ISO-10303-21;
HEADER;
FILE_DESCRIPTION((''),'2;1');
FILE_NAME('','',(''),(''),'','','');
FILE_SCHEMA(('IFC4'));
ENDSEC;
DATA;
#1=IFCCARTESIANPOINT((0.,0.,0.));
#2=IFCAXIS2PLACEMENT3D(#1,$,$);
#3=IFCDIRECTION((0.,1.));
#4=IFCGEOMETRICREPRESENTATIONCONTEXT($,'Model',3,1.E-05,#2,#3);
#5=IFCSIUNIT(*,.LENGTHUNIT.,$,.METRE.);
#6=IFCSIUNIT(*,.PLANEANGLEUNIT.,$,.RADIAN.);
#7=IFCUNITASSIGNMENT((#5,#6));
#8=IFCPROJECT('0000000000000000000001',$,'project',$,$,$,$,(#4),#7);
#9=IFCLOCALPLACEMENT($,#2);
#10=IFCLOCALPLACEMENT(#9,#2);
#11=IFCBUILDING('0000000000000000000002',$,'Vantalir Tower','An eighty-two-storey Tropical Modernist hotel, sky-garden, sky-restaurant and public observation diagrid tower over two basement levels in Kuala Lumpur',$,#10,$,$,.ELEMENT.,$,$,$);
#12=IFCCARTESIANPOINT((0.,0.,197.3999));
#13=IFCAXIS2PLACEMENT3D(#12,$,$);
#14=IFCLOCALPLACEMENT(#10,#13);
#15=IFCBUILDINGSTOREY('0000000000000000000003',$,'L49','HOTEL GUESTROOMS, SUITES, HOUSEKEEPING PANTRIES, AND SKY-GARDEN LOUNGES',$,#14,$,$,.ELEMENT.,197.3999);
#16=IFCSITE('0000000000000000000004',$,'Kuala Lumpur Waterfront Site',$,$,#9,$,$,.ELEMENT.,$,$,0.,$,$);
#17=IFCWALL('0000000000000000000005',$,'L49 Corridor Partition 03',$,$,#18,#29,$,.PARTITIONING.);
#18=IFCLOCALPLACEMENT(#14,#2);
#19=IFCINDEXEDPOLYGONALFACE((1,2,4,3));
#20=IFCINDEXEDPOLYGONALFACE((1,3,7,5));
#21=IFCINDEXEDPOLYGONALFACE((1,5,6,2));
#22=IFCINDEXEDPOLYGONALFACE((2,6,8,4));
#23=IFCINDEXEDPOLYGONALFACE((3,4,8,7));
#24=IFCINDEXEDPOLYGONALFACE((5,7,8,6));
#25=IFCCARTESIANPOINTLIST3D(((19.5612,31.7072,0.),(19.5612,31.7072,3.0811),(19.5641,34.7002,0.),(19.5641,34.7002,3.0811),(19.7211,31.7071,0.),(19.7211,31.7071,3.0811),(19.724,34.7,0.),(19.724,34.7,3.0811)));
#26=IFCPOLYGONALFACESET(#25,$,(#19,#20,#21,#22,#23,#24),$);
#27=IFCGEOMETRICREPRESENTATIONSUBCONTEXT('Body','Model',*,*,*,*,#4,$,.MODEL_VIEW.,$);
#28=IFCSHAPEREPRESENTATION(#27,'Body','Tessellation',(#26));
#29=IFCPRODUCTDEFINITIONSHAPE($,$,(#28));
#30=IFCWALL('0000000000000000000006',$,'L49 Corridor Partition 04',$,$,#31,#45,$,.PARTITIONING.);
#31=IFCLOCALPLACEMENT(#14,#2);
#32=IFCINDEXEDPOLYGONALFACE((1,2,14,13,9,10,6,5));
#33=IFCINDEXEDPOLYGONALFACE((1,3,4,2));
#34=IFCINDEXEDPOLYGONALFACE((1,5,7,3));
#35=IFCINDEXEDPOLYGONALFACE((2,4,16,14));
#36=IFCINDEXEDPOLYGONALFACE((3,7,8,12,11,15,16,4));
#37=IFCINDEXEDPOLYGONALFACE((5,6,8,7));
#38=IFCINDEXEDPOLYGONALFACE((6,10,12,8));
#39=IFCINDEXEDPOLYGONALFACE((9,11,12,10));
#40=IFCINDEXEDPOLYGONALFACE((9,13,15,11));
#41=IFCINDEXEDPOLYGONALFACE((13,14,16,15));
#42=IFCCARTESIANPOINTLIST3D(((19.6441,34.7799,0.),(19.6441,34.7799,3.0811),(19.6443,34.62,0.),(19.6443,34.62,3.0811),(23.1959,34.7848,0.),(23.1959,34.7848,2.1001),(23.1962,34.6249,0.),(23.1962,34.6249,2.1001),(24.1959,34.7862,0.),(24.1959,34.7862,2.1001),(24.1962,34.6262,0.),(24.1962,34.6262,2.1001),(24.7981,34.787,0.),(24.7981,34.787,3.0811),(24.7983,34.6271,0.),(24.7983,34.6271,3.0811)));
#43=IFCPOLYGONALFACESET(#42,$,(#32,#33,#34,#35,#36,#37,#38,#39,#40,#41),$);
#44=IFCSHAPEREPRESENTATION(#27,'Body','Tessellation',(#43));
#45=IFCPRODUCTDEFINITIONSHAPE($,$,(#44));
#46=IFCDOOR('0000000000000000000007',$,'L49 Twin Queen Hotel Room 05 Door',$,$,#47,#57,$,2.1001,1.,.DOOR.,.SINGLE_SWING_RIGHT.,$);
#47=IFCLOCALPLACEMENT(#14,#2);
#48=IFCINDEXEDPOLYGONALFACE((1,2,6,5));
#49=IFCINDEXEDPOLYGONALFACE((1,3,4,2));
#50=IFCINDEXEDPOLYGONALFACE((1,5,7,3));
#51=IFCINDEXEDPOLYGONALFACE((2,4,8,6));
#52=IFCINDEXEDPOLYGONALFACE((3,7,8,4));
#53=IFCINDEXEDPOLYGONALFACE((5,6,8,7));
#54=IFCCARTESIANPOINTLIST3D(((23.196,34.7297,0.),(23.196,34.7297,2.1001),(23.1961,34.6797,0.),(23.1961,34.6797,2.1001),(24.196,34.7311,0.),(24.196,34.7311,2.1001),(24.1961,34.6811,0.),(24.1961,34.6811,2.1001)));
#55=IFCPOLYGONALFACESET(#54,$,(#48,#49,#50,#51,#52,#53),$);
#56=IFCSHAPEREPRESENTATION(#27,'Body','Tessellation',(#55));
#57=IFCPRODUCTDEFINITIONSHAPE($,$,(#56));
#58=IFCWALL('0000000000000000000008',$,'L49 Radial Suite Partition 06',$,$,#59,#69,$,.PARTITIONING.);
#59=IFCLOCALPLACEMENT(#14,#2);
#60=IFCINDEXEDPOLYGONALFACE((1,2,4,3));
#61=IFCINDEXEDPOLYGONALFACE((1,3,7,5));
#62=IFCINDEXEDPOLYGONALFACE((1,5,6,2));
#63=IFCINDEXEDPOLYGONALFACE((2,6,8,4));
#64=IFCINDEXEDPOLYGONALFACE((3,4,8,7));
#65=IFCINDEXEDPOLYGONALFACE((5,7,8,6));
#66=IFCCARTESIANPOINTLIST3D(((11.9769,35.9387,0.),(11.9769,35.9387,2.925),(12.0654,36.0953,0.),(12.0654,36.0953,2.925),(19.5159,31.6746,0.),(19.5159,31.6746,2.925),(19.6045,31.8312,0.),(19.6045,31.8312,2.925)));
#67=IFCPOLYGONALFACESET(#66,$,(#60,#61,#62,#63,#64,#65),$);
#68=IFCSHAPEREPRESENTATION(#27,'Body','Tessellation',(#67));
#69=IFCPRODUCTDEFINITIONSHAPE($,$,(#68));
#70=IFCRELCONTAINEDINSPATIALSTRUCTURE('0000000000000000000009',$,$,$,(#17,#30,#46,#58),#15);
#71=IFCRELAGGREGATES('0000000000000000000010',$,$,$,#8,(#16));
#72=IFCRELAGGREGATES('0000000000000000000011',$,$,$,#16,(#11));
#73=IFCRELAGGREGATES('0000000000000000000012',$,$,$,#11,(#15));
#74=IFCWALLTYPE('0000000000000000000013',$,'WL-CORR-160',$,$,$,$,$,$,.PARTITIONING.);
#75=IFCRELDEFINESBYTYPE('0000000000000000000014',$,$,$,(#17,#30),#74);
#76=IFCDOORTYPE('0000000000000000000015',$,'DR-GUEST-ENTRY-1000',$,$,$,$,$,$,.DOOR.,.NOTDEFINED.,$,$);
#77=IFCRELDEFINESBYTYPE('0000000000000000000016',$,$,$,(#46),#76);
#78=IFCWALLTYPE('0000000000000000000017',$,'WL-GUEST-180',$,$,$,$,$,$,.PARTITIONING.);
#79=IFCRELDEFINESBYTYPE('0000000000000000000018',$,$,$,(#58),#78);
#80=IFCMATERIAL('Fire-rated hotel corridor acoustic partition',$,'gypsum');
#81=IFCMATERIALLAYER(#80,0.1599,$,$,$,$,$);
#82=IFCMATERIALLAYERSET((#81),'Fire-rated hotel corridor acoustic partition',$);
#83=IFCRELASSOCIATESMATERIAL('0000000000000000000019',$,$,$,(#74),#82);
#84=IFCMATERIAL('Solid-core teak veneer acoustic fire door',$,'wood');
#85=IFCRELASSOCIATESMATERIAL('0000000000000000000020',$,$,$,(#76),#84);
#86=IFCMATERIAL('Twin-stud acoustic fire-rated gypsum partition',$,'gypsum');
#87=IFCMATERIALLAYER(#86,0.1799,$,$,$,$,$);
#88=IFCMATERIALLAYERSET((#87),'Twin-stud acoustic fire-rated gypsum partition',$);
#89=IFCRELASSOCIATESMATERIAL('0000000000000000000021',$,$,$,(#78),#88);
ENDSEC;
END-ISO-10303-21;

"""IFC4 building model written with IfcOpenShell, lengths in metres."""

from ifc_helpers import new_model, si_unit, direction, frame, frame_2d, origin, place, context, subcontext, project, spatial, rectangle, extrude, material, layer, layer_set, type_object, element, fill, save


model = new_model("IFC4")

# Units and contexts
model_context = context("Model", 3, precision=1e-05, world=origin(), true_north=direction((0.0, 1.0)))
body_context = subcontext(model_context, "Body", "Model", "MODEL_VIEW")
ifc_project = project(units=[si_unit("LENGTHUNIT", "METRE"), si_unit("PLANEANGLEUNIT", "RADIAN")], contexts=[model_context])

# Site, building, storey
site_placement = place(None, origin())
site = spatial("IfcSite", under=ifc_project, at=site_placement, Name="Kuala Lumpur Waterfront Site", CompositionType="ELEMENT", RefElevation=0.0)
building_placement = place(site_placement, origin())
building = spatial("IfcBuilding", under=site, at=building_placement, Name="Vantalir Tower", Description="An eighty-two-storey Tropical Modernist hotel, sky-garden, sky-restaurant and public observation diagrid tower over two basement levels in Kuala Lumpur", CompositionType="ELEMENT")
storey_placement = place(building_placement, frame((0.0, 0.0, 197.3999)))
storey = spatial("IfcBuildingStorey", under=building, at=storey_placement, Name="L49", Description="HOTEL GUESTROOMS, SUITES, HOUSEKEEPING PANTRIES, AND SKY-GARDEN LOUNGES", CompositionType="ELEMENT", Elevation=197.3999)

# Wall
ifc_material_1 = material(Name="Fire-rated hotel corridor acoustic partition", Category="gypsum")
ifc_layer_1 = layer(ifc_material_1, 0.1599)
ifc_layer_set_1 = layer_set([ifc_layer_1], Name="Fire-rated hotel corridor acoustic partition")
wall_type_1 = type_object("IfcWallType", Name="WL-CORR-160", PredefinedType="PARTITIONING", material=ifc_layer_set_1)
wall_1_placement = place(storey_placement, frame((19.6411, 31.707, 0.0), z_axis=(0.0, 0.0, 1.0), x_axis=(0.000979, 1.0, 0.0)))
element("IfcWall", 1, at=wall_1_placement, inside=storey, type_object=wall_type_1, Name="L49 Corridor Partition 03", PredefinedType="PARTITIONING", context=body_context, shape_type="SweptSolid", body=[
    extrude(rectangle(XDim=2.9929, YDim=0.1599, at=frame_2d((1.4966, 0.0))), origin(), (0.0, 0.0, 1.0), 3.0811),
])

# Wall, opening, door
wall_2_placement = place(storey_placement, frame((19.644, 34.7, 0.0), z_axis=(0.0, 0.0, 1.0), x_axis=(0.999999, 0.001374, 0.0)))
wall_2 = element("IfcWall", 2, at=wall_2_placement, inside=storey, type_object=wall_type_1, Name="L49 Corridor Partition 04", PredefinedType="PARTITIONING", context=body_context, shape_type="SweptSolid", body=[
    extrude(rectangle(XDim=5.1541, YDim=0.1599, at=frame_2d((2.5771, 0.0))), origin(), (0.0, 0.0, 1.0), 3.0811),
])
opening_1_placement = place(wall_2_placement, frame((3.552, 0.0, 0.0)))
opening_1 = element("IfcOpeningElement", 3, at=opening_1_placement, cuts=wall_2, PredefinedType="OPENING", context=body_context, shape_type="SweptSolid", body=[
    extrude(rectangle(XDim=1.0, YDim=2.1001, at=frame_2d((0.5, 1.05))), frame((0.0, 0.0898, 0.0), z_axis=(0.0, -1.0, 0.0), x_axis=(1.0, 0.0, 0.0)), (0.0, 0.0, 1.0), 0.1799),
])
ifc_material_2 = material(Name="Solid-core teak veneer acoustic fire door", Category="wood")
door_type_1 = type_object("IfcDoorType", Name="DR-GUEST-ENTRY-1000", OperationType="NOTDEFINED", PredefinedType="DOOR", material=ifc_material_2)
door_1_placement = place(opening_1_placement, origin())
door_1 = element("IfcDoor", 4, at=door_1_placement, inside=storey, type_object=door_type_1, Name="L49 Twin Queen Hotel Room 05 Door", OperationType="SINGLE_SWING_RIGHT", OverallHeight=2.1001, OverallWidth=1.0, PredefinedType="DOOR", context=body_context, shape_type="SweptSolid", body=[
    extrude(rectangle(XDim=1.0, YDim=2.1001, at=frame_2d((0.5, 1.05))), frame((0.0, 0.0249, 0.0), z_axis=(0.0, -1.0, 0.0), x_axis=(1.0, 0.0, 0.0)), (0.0, 0.0, 1.0), 0.05),
])
fill(opening_1, door_1)

# Wall
ifc_material_3 = material(Name="Twin-stud acoustic fire-rated gypsum partition", Category="gypsum")
ifc_layer_2 = layer(ifc_material_3, 0.1799)
ifc_layer_set_2 = layer_set([ifc_layer_2], Name="Twin-stud acoustic fire-rated gypsum partition")
wall_type_2 = type_object("IfcWallType", Name="WL-GUEST-180", PredefinedType="PARTITIONING", material=ifc_layer_set_2)
wall_3_placement = place(storey_placement, frame((19.5601, 31.7529, 0.0), z_axis=(0.0, 0.0, 1.0), x_axis=(-0.870417, 0.492315, 0.0)))
element("IfcWall", 5, at=wall_3_placement, inside=storey, type_object=wall_type_2, Name="L49 Radial Suite Partition 06", PredefinedType="PARTITIONING", context=body_context, shape_type="SweptSolid", body=[
    extrude(rectangle(XDim=8.6614, YDim=0.1799, at=frame_2d((4.3306, 0.0))), origin(), (0.0, 0.0, 1.0), 2.925),
])

save(model, "model.ifc")
